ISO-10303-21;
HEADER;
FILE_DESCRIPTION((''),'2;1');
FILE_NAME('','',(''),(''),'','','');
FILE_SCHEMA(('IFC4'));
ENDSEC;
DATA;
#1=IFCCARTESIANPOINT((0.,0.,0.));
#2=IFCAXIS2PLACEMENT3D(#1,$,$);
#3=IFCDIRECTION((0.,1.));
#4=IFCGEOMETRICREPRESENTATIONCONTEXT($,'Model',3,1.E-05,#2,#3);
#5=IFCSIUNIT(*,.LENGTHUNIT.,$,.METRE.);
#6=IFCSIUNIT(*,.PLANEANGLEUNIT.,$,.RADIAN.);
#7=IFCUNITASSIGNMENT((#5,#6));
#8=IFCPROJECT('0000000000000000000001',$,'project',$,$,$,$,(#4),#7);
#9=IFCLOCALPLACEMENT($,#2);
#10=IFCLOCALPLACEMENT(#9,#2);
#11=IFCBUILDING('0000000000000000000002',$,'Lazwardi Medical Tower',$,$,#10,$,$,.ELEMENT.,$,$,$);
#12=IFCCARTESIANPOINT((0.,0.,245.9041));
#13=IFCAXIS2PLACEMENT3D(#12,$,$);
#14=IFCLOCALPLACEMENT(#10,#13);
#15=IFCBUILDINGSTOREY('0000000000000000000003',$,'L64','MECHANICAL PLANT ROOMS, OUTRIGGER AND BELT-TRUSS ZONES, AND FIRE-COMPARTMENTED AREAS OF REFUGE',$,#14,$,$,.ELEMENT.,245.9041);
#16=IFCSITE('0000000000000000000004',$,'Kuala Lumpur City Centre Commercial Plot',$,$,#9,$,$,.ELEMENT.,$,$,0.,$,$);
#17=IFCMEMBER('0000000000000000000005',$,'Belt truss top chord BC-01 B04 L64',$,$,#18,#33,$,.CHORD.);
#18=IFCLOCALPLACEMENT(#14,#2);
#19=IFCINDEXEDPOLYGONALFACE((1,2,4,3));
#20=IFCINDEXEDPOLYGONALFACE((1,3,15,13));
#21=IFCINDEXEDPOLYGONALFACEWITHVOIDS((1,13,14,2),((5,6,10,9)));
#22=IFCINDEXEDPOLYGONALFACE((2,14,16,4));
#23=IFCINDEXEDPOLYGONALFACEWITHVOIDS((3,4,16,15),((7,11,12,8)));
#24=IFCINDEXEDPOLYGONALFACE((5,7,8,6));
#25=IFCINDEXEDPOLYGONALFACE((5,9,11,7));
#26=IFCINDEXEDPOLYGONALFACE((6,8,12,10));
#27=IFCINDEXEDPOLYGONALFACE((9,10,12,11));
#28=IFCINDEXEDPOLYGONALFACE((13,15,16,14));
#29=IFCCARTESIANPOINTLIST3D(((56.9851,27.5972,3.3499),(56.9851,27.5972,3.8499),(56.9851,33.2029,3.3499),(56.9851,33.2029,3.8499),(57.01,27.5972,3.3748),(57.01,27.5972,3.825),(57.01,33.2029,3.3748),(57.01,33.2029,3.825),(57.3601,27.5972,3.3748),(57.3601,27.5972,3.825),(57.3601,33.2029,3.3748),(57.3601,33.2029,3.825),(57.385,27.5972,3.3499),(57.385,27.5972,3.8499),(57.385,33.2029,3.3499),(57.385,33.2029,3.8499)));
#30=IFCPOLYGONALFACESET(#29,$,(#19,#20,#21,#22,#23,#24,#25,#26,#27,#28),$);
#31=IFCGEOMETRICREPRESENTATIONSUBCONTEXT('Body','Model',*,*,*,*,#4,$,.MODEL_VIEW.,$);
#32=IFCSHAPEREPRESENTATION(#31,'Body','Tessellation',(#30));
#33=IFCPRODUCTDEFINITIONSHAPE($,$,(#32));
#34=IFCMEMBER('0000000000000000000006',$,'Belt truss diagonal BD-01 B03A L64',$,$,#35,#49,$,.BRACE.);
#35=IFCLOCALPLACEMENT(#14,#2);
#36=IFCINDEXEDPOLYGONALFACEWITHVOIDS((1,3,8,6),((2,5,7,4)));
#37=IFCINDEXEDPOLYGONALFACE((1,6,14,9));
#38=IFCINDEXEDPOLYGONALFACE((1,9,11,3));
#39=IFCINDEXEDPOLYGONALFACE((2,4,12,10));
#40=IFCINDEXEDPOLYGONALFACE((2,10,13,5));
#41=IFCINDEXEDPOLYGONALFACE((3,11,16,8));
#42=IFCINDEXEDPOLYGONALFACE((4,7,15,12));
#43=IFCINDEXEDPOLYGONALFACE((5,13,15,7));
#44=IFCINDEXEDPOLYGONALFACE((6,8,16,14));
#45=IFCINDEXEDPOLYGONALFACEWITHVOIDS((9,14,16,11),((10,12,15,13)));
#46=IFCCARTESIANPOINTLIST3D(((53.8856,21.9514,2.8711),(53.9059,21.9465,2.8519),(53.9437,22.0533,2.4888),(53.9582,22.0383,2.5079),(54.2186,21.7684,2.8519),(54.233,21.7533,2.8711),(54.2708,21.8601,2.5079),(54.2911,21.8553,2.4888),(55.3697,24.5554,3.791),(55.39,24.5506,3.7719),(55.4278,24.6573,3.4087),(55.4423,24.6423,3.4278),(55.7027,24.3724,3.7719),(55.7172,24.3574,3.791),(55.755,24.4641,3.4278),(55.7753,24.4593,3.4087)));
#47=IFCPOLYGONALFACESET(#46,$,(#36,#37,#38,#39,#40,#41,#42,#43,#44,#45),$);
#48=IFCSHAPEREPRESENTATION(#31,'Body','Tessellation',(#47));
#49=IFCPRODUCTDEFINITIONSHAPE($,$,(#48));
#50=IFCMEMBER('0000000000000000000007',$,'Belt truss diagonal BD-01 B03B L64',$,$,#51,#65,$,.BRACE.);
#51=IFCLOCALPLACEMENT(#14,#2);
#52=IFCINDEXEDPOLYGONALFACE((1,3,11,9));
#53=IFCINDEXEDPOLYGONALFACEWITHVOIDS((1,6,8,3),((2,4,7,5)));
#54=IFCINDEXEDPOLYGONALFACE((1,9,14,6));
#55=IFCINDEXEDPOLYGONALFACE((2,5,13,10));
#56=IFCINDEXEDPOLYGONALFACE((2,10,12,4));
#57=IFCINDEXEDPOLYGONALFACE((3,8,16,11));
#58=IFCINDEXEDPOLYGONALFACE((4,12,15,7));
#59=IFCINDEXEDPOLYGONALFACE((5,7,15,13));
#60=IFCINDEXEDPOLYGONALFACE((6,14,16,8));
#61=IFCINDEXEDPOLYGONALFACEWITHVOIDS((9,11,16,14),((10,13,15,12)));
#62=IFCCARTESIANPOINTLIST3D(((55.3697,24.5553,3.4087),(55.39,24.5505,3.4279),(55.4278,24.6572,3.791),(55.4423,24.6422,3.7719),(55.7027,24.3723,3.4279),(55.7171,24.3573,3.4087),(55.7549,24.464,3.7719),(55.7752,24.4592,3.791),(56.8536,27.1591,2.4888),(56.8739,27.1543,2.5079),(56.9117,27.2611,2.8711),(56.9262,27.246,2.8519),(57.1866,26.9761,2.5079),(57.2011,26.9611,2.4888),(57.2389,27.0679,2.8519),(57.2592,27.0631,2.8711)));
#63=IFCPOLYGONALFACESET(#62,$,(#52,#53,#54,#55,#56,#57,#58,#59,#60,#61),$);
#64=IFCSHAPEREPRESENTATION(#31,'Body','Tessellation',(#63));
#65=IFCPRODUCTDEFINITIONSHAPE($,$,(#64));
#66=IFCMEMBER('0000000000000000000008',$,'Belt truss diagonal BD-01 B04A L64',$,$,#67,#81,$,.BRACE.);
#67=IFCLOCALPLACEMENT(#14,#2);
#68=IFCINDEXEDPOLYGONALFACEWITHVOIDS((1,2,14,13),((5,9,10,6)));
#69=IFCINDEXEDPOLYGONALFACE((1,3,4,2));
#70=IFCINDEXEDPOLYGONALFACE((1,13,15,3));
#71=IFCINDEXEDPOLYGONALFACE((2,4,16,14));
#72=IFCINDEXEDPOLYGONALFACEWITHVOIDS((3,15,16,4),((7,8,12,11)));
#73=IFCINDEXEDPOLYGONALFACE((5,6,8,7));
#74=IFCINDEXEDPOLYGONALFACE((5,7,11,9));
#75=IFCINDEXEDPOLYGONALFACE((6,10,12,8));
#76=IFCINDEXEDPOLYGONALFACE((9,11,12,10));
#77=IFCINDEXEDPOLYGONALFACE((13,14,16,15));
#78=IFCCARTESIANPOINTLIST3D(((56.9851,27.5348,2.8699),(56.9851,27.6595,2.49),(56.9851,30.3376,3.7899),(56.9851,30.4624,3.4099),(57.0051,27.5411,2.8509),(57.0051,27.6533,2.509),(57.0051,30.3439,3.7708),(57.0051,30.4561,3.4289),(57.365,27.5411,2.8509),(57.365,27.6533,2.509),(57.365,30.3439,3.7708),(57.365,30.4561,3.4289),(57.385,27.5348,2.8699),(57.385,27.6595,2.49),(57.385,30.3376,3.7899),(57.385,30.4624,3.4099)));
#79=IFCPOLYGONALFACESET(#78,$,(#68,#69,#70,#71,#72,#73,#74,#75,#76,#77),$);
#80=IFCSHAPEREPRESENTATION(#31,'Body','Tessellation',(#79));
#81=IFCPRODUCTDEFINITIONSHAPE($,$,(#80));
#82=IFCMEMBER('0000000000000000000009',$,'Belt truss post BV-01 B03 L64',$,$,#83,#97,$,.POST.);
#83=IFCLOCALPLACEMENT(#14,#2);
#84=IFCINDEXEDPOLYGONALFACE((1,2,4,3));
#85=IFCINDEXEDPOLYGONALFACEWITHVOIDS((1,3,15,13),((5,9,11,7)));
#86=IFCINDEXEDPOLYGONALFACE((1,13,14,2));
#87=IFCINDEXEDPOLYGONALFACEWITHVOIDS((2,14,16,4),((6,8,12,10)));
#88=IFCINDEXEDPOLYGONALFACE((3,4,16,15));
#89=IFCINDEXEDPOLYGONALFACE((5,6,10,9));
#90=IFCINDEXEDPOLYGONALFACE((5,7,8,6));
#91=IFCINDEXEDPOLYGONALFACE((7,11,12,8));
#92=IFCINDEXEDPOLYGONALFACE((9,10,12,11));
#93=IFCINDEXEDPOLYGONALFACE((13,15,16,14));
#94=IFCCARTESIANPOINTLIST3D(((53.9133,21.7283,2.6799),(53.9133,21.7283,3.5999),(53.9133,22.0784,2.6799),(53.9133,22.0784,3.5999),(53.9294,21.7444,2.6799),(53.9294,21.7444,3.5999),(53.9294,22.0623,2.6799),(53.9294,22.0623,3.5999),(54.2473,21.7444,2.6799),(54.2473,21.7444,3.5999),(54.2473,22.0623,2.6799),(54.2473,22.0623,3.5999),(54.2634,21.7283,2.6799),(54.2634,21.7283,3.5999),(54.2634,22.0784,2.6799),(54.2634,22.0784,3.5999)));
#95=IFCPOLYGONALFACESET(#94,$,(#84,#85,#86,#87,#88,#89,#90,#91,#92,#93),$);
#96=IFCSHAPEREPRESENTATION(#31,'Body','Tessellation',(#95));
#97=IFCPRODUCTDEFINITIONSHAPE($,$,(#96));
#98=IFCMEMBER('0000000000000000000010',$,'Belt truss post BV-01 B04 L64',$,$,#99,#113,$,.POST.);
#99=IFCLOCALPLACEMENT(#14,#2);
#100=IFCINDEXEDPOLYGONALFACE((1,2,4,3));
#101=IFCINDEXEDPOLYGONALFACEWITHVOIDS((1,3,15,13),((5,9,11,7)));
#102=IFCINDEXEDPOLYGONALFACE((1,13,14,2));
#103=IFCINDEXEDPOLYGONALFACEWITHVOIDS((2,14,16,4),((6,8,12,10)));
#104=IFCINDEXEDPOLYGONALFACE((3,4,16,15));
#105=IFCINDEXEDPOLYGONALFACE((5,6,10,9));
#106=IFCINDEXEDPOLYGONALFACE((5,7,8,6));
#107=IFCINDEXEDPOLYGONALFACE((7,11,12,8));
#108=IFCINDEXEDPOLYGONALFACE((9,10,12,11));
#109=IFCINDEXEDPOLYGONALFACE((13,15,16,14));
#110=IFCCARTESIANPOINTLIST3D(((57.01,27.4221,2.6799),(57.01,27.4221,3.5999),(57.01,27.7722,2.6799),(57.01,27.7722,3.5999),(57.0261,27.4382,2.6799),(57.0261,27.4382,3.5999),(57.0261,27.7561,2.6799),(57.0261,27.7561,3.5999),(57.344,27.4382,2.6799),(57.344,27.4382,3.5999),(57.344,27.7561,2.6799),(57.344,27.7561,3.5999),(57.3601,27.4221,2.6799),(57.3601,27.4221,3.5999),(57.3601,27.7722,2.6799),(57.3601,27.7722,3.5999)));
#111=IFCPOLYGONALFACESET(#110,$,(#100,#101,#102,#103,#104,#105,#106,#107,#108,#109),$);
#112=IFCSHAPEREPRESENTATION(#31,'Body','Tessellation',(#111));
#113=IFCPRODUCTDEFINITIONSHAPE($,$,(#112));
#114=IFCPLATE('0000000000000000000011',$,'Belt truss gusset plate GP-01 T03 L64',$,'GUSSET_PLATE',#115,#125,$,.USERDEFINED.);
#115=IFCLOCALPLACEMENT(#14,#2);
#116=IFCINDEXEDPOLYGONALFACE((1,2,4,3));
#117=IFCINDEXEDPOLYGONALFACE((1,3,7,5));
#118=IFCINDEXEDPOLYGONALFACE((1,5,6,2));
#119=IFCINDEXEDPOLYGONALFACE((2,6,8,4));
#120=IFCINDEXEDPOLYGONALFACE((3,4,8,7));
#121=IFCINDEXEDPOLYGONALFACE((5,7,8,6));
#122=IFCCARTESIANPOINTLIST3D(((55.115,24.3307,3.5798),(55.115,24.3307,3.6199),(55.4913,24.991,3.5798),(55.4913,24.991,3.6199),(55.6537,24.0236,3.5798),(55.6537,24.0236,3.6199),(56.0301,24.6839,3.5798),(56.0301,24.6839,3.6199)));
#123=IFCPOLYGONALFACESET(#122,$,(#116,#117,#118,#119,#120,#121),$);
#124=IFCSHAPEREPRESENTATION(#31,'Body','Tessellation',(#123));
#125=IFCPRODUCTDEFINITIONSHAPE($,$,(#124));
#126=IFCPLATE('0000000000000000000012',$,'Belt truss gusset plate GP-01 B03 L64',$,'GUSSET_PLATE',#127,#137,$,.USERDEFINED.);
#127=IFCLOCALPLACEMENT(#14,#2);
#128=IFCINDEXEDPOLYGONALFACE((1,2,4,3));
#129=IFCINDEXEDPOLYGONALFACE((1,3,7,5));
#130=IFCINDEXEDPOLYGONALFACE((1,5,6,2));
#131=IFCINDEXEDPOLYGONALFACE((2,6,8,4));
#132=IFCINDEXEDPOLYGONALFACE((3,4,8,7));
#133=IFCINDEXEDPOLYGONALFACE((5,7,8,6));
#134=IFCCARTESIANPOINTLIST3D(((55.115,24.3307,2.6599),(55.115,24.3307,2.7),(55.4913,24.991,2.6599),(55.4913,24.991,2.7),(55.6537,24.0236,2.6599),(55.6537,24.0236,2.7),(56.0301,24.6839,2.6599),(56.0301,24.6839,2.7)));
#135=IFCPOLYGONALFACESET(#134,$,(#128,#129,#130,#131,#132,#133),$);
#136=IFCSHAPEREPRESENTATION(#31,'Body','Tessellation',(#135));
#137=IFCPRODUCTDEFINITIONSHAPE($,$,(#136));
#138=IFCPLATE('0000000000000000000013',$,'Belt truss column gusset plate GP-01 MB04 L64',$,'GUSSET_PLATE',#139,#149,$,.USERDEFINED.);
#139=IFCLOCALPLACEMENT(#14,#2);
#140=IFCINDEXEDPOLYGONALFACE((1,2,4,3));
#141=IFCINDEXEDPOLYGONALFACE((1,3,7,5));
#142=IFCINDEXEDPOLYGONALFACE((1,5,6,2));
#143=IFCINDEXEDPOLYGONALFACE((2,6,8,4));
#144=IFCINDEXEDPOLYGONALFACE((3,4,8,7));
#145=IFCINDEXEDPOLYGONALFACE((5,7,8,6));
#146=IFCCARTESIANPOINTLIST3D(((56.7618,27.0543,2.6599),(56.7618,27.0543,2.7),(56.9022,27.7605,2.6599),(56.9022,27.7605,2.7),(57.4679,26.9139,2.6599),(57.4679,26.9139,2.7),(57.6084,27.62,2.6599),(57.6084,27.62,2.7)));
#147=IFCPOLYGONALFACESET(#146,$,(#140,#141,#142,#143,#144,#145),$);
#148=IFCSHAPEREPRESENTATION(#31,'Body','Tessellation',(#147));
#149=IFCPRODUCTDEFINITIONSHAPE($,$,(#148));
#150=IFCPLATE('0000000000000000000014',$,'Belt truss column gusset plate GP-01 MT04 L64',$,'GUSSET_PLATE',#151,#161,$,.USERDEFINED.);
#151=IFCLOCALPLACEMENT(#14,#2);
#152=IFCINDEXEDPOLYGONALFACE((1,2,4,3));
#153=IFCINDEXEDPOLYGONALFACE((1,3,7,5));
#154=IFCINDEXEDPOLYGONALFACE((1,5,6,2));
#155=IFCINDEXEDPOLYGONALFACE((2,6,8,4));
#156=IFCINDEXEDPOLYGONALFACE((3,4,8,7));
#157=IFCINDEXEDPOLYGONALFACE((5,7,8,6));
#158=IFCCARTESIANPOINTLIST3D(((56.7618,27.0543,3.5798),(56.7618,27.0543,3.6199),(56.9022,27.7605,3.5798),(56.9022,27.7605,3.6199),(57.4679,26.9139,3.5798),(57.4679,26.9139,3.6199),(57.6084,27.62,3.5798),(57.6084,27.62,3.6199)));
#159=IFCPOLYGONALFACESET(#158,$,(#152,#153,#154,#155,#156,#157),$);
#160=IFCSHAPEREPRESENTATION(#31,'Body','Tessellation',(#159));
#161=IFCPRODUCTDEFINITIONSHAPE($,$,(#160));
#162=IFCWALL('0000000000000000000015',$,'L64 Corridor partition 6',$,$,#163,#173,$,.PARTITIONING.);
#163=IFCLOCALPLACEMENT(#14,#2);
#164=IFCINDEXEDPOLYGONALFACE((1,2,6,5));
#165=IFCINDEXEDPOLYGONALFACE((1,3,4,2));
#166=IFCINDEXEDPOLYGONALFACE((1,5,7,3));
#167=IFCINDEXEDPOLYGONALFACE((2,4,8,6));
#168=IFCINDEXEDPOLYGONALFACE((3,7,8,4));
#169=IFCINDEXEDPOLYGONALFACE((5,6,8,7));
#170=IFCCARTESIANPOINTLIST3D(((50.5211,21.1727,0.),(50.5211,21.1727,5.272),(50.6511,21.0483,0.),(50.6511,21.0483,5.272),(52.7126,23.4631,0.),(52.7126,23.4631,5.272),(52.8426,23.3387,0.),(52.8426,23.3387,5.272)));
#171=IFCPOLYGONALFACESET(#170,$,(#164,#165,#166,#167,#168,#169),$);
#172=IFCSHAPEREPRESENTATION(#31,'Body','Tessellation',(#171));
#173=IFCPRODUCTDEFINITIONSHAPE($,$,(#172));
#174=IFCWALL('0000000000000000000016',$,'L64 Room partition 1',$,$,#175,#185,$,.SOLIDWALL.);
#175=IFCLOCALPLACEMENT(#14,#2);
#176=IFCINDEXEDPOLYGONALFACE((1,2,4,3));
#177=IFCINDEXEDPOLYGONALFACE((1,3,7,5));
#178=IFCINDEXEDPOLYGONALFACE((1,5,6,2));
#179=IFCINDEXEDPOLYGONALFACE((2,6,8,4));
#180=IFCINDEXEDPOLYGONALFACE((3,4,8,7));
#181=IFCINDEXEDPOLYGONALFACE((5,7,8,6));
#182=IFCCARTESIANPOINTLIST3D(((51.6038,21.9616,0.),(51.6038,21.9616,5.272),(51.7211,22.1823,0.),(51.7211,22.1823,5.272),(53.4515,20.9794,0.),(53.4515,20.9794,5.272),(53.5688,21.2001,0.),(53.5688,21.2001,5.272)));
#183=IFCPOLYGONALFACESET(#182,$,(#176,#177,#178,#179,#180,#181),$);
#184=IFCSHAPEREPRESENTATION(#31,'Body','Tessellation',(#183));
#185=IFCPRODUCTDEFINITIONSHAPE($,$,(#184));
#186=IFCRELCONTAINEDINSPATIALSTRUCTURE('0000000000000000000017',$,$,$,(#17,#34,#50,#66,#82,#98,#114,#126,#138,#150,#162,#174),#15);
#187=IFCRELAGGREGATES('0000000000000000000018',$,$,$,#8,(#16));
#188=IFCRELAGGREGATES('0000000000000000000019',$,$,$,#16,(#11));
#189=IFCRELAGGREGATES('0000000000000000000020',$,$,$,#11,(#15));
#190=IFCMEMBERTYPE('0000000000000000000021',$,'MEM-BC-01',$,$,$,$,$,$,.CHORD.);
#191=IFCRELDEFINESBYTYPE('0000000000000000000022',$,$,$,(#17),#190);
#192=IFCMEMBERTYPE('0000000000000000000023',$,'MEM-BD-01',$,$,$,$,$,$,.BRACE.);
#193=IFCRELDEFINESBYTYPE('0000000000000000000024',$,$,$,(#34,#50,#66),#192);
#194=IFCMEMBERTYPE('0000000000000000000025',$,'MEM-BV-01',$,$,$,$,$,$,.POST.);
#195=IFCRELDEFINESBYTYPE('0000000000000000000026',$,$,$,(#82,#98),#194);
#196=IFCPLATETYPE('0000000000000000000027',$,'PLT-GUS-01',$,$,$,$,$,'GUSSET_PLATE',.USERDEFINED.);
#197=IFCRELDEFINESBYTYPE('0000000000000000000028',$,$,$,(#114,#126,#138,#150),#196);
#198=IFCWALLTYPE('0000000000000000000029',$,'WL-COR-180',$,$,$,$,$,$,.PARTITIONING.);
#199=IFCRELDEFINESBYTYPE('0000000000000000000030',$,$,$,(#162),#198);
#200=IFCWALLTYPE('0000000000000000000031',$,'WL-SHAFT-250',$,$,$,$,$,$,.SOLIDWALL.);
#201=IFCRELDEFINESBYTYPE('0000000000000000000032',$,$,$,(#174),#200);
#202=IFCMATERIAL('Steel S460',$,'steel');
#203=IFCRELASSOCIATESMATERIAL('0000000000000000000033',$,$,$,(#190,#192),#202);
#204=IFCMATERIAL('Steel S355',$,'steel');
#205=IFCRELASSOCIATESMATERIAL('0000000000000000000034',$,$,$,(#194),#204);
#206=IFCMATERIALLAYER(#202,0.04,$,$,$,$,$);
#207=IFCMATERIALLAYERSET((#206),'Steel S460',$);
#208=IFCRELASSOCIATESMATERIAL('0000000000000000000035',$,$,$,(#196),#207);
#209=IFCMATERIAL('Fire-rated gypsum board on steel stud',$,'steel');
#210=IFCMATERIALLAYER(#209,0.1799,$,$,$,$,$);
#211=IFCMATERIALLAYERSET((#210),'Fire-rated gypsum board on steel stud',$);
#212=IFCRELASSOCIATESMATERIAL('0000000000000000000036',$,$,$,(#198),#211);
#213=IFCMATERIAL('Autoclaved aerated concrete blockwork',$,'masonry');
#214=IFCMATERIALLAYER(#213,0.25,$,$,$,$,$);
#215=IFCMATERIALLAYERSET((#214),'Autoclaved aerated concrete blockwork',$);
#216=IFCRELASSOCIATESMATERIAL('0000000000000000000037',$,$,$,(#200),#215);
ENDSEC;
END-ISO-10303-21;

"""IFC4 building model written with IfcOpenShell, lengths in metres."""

from ifc_helpers import new_model, si_unit, direction, frame, frame_2d, origin, origin_2d, place, context, subcontext, project, spatial, rectangle, hollow_rectangle, extrude, material, layer, layer_set, material_profile, profile_set, type_object, element, save


model = new_model("IFC4")

# Units and contexts
model_context = context("Model", 3, precision=1e-05, world=origin(), true_north=direction((0.0, 1.0)))
body_context = subcontext(model_context, "Body", "Model", "MODEL_VIEW")
ifc_project = project(units=[si_unit("LENGTHUNIT", "METRE"), si_unit("PLANEANGLEUNIT", "RADIAN")], contexts=[model_context])

# Site, building, storey
site_placement = place(None, origin())
site = spatial("IfcSite", under=ifc_project, at=site_placement, Name="Kuala Lumpur City Centre Commercial Plot", CompositionType="ELEMENT", RefElevation=0.0)
building_placement = place(site_placement, origin())
building = spatial("IfcBuilding", under=site, at=building_placement, Name="Lazwardi Medical Tower", CompositionType="ELEMENT")
storey_placement = place(building_placement, frame((0.0, 0.0, 245.9041)))
storey = spatial("IfcBuildingStorey", under=building, at=storey_placement, Name="L64", Description="MECHANICAL PLANT ROOMS, OUTRIGGER AND BELT-TRUSS ZONES, AND FIRE-COMPARTMENTED AREAS OF REFUGE", CompositionType="ELEMENT", Elevation=245.9041)

# Shared definitions
ifc_material_1 = material(Name="Steel S355", Category="steel")

# Members
ifc_material_2 = material(Name="Steel S460", Category="steel")
ifc_material_profile_1 = material_profile(ifc_material_2, hollow_rectangle(XDim=0.3999, YDim=0.5, WallThickness=0.0249, at=origin_2d()), Name="RHS 500x400x25")
ifc_profile_set_1 = profile_set([ifc_material_profile_1], Name="Steel S460")
member_type_1 = type_object("IfcMemberType", Name="MEM-BC-01", PredefinedType="CHORD", material=ifc_profile_set_1)
for number, where, z_axis, x_axis, name in (
    (1, (57.1851, 27.5972, 3.5999), (0.0, 1.0, 0.0), (-1.0, 0.0, 0.0), "Belt truss top chord BC-01 B04 L64"),
):
    element("IfcMember", number, at=place(storey_placement, frame(where, z_axis=z_axis, x_axis=x_axis)), inside=storey, type_object=member_type_1, Name=name, PredefinedType="CHORD", context=body_context, shape_type="SweptSolid", body=[
        extrude(hollow_rectangle(XDim=0.3999, YDim=0.5, WallThickness=0.0249, at=origin_2d()), origin(), (0.0, 0.0, 1.0), 5.6057),
    ])
ifc_material_profile_2 = material_profile(ifc_material_2, hollow_rectangle(XDim=0.3999, YDim=0.3999, WallThickness=0.02, at=origin_2d()), Name="RHS 400x400x20")
ifc_profile_set_2 = profile_set([ifc_material_profile_2], Name="Steel S460")
member_type_2 = type_object("IfcMemberType", Name="MEM-BD-01", PredefinedType="BRACE", material=ifc_profile_set_2)
member_1_placement = place(storey_placement, frame((54.0884, 21.9033, 2.6799), z_axis=(0.473371, 0.830559, 0.293413), x_axis=(-0.868799, 0.495165, 0.0)))
element("IfcMember", 2, at=member_1_placement, inside=storey, type_object=member_type_2, Name="Belt truss diagonal BD-01 B03A L64", PredefinedType="BRACE", context=body_context, shape_type="SweptSolid", body=[
    extrude(hollow_rectangle(XDim=0.3999, YDim=0.3999, WallThickness=0.02, at=origin_2d()), origin(), (0.0, 0.0, 1.0), 3.1353),
])
member_2_placement = place(storey_placement, frame((57.0564, 27.1111, 2.6799), z_axis=(-0.473341, -0.830566, 0.293443), x_axis=(0.868814, -0.495138, 0.0)))
element("IfcMember", 3, at=member_2_placement, inside=storey, type_object=member_type_2, Name="Belt truss diagonal BD-01 B03B L64", PredefinedType="BRACE", context=body_context, shape_type="SweptSolid", body=[
    extrude(hollow_rectangle(XDim=0.3999, YDim=0.3999, WallThickness=0.02, at=origin_2d()), origin(), (0.0, 0.0, 1.0), 3.135),
])
member_3_placement = place(storey_placement, frame((57.1851, 27.5972, 2.6799), z_axis=(0.0, 0.95013, 0.311854), x_axis=(-1.0, 0.0, 0.0)))
element("IfcMember", 4, at=member_3_placement, inside=storey, type_object=member_type_2, Name="Belt truss diagonal BD-01 B04A L64", PredefinedType="BRACE", context=body_context, shape_type="SweptSolid", body=[
    extrude(hollow_rectangle(XDim=0.3999, YDim=0.3999, WallThickness=0.02, at=origin_2d()), origin(), (0.0, 0.0, 1.0), 2.95),
])
ifc_material_profile_3 = material_profile(ifc_material_1, hollow_rectangle(XDim=0.3501, YDim=0.3501, WallThickness=0.0161, at=origin_2d()), Name="RHS 350x350x16")
ifc_profile_set_3 = profile_set([ifc_material_profile_3], Name="Steel S355")
member_type_3 = type_object("IfcMemberType", Name="MEM-BV-01", PredefinedType="POST", material=ifc_profile_set_3)
for number, where, z_axis, x_axis, name in (
    (5, (54.0884, 21.9033, 2.6799), (0.0, 0.0, 1.0), (1.0, 0.0, 0.0), "Belt truss post BV-01 B03 L64"),
    (6, (57.1851, 27.5972, 2.6799), (0.0, 0.0, 1.0), (1.0, 0.0, 0.0), "Belt truss post BV-01 B04 L64"),
):
    element("IfcMember", number, at=place(storey_placement, frame(where, z_axis=z_axis, x_axis=x_axis)), inside=storey, type_object=member_type_3, Name=name, PredefinedType="POST", context=body_context, shape_type="SweptSolid", body=[
        extrude(hollow_rectangle(XDim=0.3501, YDim=0.3501, WallThickness=0.0161, at=origin_2d()), origin(), (0.0, 0.0, 1.0), 0.9199),
    ])

# Plates
ifc_layer_1 = layer(ifc_material_2, 0.04)
ifc_layer_set_1 = layer_set([ifc_layer_1], Name="Steel S460")
plate_type = type_object("IfcPlateType", Name="PLT-GUS-01", ElementType="GUSSET_PLATE", PredefinedType="USERDEFINED", material=ifc_layer_set_1)
for number, where, z_axis, x_axis, name in (
    (7, (55.5725, 24.5073, 3.5798), (0.0, 0.0, 1.0), (0.495155, 0.868804, 0.0), "Belt truss gusset plate GP-01 T03 L64"),
    (8, (55.5725, 24.5073, 2.6599), (0.0, 0.0, 1.0), (0.495155, 0.868804, 0.0), "Belt truss gusset plate GP-01 B03 L64"),
):
    element("IfcPlate", number, at=place(storey_placement, frame(where, z_axis=z_axis, x_axis=x_axis)), inside=storey, type_object=plate_type, Name=name, ObjectType="GUSSET_PLATE", PredefinedType="USERDEFINED", context=body_context, shape_type="SweptSolid", body=[
        extrude(rectangle(XDim=0.76, YDim=0.6201, at=origin_2d()), origin(), (0.0, 0.0, 1.0), 0.04),
    ])
for number, where, z_axis, x_axis, name in (
    (9, (57.1851, 27.3372, 2.6599), (0.0, 0.0, 1.0), (0.980785, -0.19509, 0.0), "Belt truss column gusset plate GP-01 MB04 L64"),
    (10, (57.1851, 27.3372, 3.5798), (0.0, 0.0, 1.0), (0.980785, -0.19509, 0.0), "Belt truss column gusset plate GP-01 MT04 L64"),
):
    element("IfcPlate", number, at=place(storey_placement, frame(where, z_axis=z_axis, x_axis=x_axis)), inside=storey, type_object=plate_type, Name=name, ObjectType="GUSSET_PLATE", PredefinedType="USERDEFINED", context=body_context, shape_type="SweptSolid", body=[
        extrude(rectangle(XDim=0.72, YDim=0.72, at=origin_2d()), origin(), (0.0, 0.0, 1.0), 0.04),
    ])

# Walls
ifc_material_3 = material(Name="Fire-rated gypsum board on steel stud", Category="steel")
ifc_layer_2 = layer(ifc_material_3, 0.1799)
ifc_layer_set_2 = layer_set([ifc_layer_2], Name="Fire-rated gypsum board on steel stud")
wall_type_1 = type_object("IfcWallType", Name="WL-COR-180", PredefinedType="PARTITIONING", material=ifc_layer_set_2)
wall_1_placement = place(storey_placement, frame((52.7776, 23.4009, 0.0), z_axis=(0.0, 0.0, 1.0), x_axis=(-0.691338, -0.722531, 0.0)))
element("IfcWall", 11, at=wall_1_placement, inside=storey, type_object=wall_type_1, Name="L64 Corridor partition 6", PredefinedType="PARTITIONING", context=body_context, shape_type="SweptSolid", body=[
    extrude(rectangle(XDim=3.1699, YDim=0.1799, at=frame_2d((1.585, 0.0))), origin(), (0.0, 0.0, 1.0), 5.272),
])
ifc_material_4 = material(Name="Autoclaved aerated concrete blockwork", Category="masonry")
ifc_layer_3 = layer(ifc_material_4, 0.25)
ifc_layer_set_3 = layer_set([ifc_layer_3], Name="Autoclaved aerated concrete blockwork")
wall_type_2 = type_object("IfcWallType", Name="WL-SHAFT-250", PredefinedType="SOLIDWALL", material=ifc_layer_set_3)
wall_2_placement = place(storey_placement, frame((51.6624, 22.072, 0.0), z_axis=(0.0, 0.0, 1.0), x_axis=(0.882995, -0.469383, 0.0)))
element("IfcWall", 12, at=wall_2_placement, inside=storey, type_object=wall_type_2, Name="L64 Room partition 1", PredefinedType="SOLIDWALL", context=body_context, shape_type="SweptSolid", body=[
    extrude(rectangle(XDim=2.0925, YDim=0.25, at=frame_2d((1.0464, 0.0))), origin(), (0.0, 0.0, 1.0), 5.272),
])

save(model, "model.ifc")
